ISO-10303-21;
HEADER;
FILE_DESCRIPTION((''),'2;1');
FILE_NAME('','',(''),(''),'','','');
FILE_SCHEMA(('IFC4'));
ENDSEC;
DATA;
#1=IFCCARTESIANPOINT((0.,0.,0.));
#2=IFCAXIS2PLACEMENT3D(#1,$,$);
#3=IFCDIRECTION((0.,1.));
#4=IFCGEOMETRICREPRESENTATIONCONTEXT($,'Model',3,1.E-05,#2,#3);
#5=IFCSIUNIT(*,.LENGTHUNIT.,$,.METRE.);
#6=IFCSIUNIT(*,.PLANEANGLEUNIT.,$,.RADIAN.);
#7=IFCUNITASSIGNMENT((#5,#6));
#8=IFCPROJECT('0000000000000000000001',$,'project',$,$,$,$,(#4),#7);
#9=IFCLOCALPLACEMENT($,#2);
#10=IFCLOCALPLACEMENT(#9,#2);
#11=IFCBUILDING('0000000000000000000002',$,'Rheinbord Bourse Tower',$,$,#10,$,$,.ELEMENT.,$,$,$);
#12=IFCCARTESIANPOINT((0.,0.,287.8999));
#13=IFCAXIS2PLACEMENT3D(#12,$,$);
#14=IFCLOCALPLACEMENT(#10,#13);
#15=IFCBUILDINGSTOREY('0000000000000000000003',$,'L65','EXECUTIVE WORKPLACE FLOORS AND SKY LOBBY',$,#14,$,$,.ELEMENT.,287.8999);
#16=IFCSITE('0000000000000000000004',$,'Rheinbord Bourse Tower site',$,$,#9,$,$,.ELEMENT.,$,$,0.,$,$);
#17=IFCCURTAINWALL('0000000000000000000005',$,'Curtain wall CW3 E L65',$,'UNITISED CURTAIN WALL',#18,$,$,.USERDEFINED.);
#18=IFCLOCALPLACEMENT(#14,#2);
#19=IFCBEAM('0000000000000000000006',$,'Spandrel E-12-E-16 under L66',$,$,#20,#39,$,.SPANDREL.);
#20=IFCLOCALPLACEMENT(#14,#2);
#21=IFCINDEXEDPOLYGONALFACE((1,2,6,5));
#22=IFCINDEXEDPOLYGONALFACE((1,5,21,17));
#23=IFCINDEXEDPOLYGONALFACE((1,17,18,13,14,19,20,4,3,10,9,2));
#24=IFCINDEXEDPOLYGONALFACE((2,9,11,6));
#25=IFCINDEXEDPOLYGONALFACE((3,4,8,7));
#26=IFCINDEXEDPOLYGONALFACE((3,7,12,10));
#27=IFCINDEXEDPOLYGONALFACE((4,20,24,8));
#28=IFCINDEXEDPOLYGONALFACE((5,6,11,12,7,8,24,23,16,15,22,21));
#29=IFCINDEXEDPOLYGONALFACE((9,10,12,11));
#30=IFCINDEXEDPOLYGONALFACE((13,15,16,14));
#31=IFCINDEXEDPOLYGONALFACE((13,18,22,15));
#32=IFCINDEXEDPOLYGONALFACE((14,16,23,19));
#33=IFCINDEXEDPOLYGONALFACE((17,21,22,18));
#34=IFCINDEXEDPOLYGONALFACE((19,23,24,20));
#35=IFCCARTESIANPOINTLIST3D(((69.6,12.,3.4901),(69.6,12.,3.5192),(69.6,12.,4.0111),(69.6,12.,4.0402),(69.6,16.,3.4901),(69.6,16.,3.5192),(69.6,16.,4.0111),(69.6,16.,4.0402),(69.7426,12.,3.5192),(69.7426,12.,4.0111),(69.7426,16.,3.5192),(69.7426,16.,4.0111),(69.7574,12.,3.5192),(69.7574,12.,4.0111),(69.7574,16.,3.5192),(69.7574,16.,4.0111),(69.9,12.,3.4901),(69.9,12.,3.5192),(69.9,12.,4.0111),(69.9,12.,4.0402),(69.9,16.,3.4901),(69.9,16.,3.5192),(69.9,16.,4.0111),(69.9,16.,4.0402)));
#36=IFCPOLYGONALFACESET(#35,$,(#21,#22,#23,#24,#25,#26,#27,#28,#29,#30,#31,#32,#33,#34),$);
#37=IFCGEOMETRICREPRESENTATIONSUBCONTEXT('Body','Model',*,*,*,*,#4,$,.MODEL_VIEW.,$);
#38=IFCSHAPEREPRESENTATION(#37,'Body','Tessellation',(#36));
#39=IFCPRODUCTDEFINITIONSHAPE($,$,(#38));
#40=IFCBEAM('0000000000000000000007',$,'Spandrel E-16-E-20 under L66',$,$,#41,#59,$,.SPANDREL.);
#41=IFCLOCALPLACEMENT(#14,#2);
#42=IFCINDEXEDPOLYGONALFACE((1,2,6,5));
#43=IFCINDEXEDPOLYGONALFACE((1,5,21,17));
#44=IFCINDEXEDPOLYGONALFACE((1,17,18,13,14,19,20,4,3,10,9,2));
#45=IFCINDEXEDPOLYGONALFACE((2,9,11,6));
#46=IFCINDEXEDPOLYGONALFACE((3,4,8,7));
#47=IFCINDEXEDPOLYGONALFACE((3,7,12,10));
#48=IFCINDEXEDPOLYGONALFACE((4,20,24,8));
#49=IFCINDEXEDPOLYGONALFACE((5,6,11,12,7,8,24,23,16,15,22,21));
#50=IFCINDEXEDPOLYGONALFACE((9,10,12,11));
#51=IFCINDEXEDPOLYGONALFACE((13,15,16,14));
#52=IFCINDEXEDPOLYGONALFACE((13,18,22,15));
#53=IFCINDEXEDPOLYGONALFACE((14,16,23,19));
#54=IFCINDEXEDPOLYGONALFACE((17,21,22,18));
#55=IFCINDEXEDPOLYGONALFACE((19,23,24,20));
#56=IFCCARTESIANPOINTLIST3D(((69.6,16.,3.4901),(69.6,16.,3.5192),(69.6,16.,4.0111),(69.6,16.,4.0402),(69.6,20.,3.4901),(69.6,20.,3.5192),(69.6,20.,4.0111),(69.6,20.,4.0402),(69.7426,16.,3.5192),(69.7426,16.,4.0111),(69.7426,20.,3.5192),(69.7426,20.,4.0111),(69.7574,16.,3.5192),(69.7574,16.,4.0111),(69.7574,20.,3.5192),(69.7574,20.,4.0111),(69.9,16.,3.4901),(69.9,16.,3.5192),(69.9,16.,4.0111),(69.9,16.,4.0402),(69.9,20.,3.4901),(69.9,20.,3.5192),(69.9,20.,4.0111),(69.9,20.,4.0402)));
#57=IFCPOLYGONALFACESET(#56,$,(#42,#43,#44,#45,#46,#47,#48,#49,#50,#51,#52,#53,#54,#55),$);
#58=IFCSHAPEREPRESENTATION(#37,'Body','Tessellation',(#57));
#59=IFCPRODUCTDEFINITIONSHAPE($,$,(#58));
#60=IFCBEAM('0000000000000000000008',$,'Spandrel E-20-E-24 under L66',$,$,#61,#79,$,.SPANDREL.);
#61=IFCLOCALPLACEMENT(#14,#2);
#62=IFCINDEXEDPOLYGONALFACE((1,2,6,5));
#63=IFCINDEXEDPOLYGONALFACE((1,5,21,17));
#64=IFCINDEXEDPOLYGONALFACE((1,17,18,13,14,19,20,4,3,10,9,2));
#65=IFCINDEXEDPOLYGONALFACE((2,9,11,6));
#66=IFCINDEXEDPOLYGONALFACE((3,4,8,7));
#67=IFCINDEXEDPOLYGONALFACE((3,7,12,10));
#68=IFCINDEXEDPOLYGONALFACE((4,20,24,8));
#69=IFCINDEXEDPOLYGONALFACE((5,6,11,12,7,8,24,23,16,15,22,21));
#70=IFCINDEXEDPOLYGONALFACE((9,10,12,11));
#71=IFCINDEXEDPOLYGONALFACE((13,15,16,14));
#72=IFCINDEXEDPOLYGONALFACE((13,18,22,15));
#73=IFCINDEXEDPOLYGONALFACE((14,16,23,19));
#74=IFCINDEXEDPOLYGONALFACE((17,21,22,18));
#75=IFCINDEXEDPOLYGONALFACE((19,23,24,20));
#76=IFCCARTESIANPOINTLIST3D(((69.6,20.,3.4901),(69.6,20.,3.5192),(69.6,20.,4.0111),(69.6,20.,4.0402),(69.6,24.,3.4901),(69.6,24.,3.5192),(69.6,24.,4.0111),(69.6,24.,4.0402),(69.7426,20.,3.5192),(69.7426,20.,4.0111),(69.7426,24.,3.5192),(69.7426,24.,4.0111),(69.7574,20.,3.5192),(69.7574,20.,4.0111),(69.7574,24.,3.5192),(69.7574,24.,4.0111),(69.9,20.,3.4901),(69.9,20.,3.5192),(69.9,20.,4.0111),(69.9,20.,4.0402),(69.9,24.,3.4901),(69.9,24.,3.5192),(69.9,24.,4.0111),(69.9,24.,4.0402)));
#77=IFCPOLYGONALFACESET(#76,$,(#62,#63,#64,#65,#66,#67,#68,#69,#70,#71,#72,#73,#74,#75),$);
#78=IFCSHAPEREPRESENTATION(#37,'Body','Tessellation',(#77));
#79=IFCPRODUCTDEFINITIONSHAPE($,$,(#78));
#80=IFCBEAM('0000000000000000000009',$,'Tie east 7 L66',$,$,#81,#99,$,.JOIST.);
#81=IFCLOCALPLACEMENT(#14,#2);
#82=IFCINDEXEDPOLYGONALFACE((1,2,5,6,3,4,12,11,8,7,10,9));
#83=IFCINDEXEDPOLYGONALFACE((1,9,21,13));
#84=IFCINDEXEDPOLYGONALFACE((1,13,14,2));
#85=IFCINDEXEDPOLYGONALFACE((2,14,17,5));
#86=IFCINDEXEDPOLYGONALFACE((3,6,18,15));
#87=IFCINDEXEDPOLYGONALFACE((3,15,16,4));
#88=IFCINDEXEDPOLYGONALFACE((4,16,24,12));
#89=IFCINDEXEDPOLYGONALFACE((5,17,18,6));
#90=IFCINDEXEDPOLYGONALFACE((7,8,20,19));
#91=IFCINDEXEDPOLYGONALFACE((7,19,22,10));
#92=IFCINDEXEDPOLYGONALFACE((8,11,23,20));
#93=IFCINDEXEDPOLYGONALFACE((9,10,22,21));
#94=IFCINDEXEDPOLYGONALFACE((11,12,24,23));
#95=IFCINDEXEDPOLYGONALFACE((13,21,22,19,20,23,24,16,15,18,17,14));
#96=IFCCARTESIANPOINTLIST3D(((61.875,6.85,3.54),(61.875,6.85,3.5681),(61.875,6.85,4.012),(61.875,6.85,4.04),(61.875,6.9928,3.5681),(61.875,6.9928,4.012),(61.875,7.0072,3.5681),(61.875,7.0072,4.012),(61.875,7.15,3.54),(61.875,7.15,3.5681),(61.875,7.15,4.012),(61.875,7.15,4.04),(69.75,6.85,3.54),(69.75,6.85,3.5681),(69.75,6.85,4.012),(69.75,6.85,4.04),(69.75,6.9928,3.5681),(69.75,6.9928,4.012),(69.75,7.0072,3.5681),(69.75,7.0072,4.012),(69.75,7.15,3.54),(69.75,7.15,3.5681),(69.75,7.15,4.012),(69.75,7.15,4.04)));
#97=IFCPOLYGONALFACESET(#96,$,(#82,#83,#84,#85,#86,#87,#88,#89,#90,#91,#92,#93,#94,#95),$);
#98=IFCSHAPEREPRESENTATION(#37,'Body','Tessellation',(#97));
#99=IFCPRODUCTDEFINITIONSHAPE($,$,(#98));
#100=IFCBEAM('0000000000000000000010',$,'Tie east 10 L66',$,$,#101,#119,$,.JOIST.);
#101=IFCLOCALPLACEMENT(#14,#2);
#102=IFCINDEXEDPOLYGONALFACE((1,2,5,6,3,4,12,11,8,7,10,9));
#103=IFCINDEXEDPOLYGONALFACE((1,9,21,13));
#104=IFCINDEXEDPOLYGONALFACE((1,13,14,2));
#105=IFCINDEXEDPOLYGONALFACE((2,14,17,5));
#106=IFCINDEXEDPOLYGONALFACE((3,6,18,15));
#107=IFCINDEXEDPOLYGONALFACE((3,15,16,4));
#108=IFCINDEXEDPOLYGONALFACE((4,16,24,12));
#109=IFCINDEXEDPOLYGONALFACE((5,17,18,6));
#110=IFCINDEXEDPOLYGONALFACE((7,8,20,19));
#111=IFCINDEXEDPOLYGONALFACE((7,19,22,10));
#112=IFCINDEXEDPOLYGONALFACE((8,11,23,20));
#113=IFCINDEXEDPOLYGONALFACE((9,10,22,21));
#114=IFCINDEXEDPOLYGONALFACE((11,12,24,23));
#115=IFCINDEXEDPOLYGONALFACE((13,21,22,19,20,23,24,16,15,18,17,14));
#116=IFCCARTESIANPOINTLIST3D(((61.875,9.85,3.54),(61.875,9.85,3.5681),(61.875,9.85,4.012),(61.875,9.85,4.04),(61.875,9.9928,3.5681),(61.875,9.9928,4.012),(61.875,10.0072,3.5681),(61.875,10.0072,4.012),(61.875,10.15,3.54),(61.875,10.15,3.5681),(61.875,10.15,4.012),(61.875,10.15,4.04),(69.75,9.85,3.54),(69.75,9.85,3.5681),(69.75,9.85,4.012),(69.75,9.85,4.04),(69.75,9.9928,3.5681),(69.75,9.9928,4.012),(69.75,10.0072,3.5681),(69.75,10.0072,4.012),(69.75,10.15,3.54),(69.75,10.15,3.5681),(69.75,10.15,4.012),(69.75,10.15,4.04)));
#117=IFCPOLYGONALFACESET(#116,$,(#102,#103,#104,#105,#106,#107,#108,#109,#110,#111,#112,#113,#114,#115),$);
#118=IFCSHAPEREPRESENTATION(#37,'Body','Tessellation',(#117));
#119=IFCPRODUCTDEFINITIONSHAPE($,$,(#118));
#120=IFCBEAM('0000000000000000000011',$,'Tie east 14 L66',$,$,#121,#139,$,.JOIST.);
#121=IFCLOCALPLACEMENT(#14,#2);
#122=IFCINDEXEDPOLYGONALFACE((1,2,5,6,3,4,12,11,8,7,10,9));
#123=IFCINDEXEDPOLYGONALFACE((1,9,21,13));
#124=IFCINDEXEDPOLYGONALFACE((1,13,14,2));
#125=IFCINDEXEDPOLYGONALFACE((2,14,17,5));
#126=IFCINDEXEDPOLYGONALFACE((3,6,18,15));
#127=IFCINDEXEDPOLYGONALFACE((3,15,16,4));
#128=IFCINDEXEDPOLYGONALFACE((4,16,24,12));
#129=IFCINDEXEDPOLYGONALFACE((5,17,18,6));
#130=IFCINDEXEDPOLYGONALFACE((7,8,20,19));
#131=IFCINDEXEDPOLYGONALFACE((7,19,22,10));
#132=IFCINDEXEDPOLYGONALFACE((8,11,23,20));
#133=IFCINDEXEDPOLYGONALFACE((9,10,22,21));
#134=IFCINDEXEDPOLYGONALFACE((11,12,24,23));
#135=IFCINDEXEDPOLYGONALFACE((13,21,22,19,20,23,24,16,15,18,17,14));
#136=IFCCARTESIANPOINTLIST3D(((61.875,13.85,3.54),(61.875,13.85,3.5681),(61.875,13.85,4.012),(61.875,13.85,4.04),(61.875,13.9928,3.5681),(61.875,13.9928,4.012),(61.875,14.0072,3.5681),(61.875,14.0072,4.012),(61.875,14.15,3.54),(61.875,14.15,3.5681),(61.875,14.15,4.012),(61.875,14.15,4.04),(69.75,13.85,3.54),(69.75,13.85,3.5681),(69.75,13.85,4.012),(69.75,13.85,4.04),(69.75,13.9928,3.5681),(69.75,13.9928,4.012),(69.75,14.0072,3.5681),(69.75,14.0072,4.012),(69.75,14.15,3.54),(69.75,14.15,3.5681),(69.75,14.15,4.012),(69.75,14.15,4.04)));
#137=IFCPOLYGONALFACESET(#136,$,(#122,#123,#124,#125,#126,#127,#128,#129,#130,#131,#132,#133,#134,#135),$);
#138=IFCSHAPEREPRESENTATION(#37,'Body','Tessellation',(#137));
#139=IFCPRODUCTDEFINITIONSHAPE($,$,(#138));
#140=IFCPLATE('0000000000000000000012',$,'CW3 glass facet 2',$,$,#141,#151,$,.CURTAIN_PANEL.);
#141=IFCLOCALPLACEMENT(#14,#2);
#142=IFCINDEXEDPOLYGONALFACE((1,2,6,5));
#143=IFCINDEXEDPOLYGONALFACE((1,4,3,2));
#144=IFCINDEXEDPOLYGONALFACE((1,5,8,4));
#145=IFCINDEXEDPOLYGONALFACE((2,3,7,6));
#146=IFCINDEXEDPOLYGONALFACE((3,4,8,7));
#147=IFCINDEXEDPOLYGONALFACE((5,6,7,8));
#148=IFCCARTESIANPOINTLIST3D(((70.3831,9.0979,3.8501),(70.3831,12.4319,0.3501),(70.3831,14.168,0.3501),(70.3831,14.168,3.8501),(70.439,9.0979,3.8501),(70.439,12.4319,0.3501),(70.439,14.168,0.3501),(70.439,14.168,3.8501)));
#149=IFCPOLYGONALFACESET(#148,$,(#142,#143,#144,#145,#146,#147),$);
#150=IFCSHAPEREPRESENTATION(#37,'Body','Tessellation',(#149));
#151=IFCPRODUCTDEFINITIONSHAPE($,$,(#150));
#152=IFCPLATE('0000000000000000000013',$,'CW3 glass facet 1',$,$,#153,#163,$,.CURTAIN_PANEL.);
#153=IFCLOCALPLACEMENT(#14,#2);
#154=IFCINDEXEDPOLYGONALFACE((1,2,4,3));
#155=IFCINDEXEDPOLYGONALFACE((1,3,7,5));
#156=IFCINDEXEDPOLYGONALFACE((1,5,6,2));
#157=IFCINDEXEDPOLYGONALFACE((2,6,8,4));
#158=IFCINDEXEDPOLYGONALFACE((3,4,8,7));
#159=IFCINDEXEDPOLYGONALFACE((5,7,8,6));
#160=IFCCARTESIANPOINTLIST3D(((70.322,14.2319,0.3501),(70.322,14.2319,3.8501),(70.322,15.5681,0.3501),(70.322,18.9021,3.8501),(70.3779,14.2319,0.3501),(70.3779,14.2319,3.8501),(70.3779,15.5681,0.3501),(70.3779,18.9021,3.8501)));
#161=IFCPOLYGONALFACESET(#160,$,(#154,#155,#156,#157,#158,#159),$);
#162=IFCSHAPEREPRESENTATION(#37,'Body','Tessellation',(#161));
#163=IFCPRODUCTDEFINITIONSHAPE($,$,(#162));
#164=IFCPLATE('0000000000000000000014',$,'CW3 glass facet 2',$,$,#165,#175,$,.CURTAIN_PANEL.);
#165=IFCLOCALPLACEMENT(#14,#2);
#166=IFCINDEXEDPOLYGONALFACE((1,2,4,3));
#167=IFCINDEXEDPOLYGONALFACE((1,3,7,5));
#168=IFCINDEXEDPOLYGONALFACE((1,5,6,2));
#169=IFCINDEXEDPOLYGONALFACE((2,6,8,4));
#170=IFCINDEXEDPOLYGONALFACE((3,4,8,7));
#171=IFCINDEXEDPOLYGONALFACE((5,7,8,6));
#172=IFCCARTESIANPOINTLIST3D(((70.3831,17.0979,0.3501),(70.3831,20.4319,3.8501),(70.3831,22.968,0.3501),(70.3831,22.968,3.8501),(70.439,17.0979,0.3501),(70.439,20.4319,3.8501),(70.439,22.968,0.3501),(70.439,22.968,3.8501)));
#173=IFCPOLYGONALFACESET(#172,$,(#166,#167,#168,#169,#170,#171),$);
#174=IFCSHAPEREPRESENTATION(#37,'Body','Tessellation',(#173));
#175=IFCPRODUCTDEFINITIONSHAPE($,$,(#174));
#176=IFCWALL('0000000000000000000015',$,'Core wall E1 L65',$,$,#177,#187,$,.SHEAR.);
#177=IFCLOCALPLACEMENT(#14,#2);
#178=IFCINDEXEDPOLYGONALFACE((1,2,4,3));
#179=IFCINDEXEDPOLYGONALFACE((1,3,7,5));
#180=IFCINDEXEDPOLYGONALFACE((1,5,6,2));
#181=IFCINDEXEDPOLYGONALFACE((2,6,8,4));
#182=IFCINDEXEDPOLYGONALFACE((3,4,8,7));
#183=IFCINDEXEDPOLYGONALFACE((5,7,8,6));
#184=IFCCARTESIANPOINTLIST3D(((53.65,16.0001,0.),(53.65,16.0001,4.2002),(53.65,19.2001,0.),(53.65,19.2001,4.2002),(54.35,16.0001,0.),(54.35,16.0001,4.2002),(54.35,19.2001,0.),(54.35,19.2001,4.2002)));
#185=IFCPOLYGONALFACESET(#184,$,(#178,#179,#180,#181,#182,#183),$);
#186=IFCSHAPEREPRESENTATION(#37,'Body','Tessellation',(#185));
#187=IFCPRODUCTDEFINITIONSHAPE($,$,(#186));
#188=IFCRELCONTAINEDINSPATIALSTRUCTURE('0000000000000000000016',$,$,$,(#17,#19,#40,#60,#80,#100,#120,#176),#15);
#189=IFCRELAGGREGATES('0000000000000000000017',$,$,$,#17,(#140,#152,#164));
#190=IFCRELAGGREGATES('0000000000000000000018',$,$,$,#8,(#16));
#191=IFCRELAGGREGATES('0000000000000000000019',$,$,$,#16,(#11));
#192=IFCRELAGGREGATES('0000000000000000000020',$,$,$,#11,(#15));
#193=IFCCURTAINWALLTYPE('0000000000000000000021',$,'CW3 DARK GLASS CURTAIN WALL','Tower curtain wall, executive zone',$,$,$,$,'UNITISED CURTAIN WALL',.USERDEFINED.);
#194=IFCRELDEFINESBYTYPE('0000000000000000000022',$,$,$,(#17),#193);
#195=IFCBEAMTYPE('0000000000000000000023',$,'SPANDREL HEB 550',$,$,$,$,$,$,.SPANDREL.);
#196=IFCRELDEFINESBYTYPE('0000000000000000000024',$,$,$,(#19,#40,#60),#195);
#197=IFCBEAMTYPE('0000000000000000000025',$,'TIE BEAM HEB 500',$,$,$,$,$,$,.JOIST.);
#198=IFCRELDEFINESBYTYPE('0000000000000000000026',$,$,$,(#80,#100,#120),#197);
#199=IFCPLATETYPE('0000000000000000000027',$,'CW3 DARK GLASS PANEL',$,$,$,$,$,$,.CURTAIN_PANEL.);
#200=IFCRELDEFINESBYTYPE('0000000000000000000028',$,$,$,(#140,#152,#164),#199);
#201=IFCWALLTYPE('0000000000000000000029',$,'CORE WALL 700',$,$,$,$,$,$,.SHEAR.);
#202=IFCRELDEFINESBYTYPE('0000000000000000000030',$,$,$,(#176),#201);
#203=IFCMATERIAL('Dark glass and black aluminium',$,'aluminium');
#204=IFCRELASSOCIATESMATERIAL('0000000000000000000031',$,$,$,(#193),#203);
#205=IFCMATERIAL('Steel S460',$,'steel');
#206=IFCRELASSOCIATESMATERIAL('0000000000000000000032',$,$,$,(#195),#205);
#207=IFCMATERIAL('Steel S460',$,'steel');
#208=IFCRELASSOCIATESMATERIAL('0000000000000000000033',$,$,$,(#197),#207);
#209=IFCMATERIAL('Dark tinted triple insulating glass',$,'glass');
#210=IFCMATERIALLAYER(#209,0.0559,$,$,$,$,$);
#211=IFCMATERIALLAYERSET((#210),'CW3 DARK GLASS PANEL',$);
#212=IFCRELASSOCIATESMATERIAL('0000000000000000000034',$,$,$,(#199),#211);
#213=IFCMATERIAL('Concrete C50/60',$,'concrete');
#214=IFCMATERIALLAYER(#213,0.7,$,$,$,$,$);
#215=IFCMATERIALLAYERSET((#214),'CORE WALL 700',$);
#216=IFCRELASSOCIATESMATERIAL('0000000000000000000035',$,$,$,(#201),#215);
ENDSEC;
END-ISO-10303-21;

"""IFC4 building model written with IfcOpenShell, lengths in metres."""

from ifc_helpers import new_model, si_unit, direction, frame, frame_2d, origin, origin_2d, place, context, subcontext, project, spatial, polyline, rectangle, i_section, outline, extrude, material, layer, layer_set, material_profile, profile_set, type_object, element, aggregate, save


model = new_model("IFC4")

# Units and contexts
model_context = context("Model", 3, precision=1e-05, world=origin(), true_north=direction((0.0, 1.0)))
body_context = subcontext(model_context, "Body", "Model", "MODEL_VIEW")
ifc_project = project(units=[si_unit("LENGTHUNIT", "METRE"), si_unit("PLANEANGLEUNIT", "RADIAN")], contexts=[model_context])

# Site, building, storey
site_placement = place(None, origin())
site = spatial("IfcSite", under=ifc_project, at=site_placement, Name="Rheinbord Bourse Tower site", CompositionType="ELEMENT", RefElevation=0.0)
building_placement = place(site_placement, origin())
building = spatial("IfcBuilding", under=site, at=building_placement, Name="Rheinbord Bourse Tower", CompositionType="ELEMENT")
storey_placement = place(building_placement, frame((0.0, 0.0, 287.8999)))
storey = spatial("IfcBuildingStorey", under=building, at=storey_placement, Name="L65", Description="EXECUTIVE WORKPLACE FLOORS AND SKY LOBBY", CompositionType="ELEMENT", Elevation=287.8999)

# Curtain wall
ifc_material_1 = material(Name="Dark glass and black aluminium", Category="aluminium")
curtain_wall_type = type_object("IfcCurtainWallType", Name="CW3 DARK GLASS CURTAIN WALL", Description="Tower curtain wall, executive zone", ElementType="UNITISED CURTAIN WALL", PredefinedType="USERDEFINED", material=ifc_material_1)
curtain_wall_placement = place(storey_placement, origin())
curtain_wall = element("IfcCurtainWall", 1, at=curtain_wall_placement, inside=storey, type_object=curtain_wall_type, Name="Curtain wall CW3 E L65", ObjectType="UNITISED CURTAIN WALL", PredefinedType="USERDEFINED")

# Beams
ifc_material_2 = material(Name="Steel S460", Category="steel")
ifc_material_profile_1 = material_profile(ifc_material_2, i_section(OverallWidth=0.3, OverallDepth=0.55, WebThickness=0.0149, FlangeThickness=0.0291, at=origin_2d()), Name="HEB 550")
ifc_profile_set_1 = profile_set([ifc_material_profile_1], Name="Steel S460")
beam_type_1 = type_object("IfcBeamType", Name="SPANDREL HEB 550", PredefinedType="SPANDREL", material=ifc_profile_set_1)
for number, where, z_axis, x_axis, name in (
    (2, (69.75, 12.0, 3.7651), (0.0, 1.0, 0.0), (-1.0, 0.0, 0.0), "Spandrel E-12-E-16 under L66"),
    (3, (69.75, 16.0, 3.7651), (0.0, 1.0, 0.0), (-1.0, 0.0, 0.0), "Spandrel E-16-E-20 under L66"),
    (4, (69.75, 20.0, 3.7651), (0.0, 1.0, 0.0), (-1.0, 0.0, 0.0), "Spandrel E-20-E-24 under L66"),
):
    element("IfcBeam", number, at=place(storey_placement, frame(where, z_axis=z_axis, x_axis=x_axis)), inside=storey, type_object=beam_type_1, Name=name, PredefinedType="SPANDREL", context=body_context, shape_type="SweptSolid", body=[
        extrude(i_section(OverallWidth=0.3, OverallDepth=0.55, WebThickness=0.0149, FlangeThickness=0.0291, at=origin_2d()), origin(), (0.0, 0.0, 1.0), 4.0),
    ])
ifc_material_3 = material(Name="Steel S460", Category="steel")
ifc_material_profile_2 = material_profile(ifc_material_3, i_section(OverallWidth=0.3, OverallDepth=0.5, WebThickness=0.0144, FlangeThickness=0.0281, at=origin_2d()), Name="HEB 500")
ifc_profile_set_2 = profile_set([ifc_material_profile_2], Name="Steel S460")
beam_type_2 = type_object("IfcBeamType", Name="TIE BEAM HEB 500", PredefinedType="JOIST", material=ifc_profile_set_2)
for number, where, z_axis, x_axis, name in (
    (5, (61.875, 7.0, 3.79), (1.0, 0.0, 0.0), (0.0, 1.0, 0.0), "Tie east 7 L66"),
    (6, (61.875, 10.0, 3.79), (1.0, 0.0, 0.0), (0.0, 1.0, 0.0), "Tie east 10 L66"),
    (7, (61.875, 14.0, 3.79), (1.0, 0.0, 0.0), (0.0, 1.0, 0.0), "Tie east 14 L66"),
):
    element("IfcBeam", number, at=place(storey_placement, frame(where, z_axis=z_axis, x_axis=x_axis)), inside=storey, type_object=beam_type_2, Name=name, PredefinedType="JOIST", context=body_context, shape_type="SweptSolid", body=[
        extrude(i_section(OverallWidth=0.3, OverallDepth=0.5, WebThickness=0.0144, FlangeThickness=0.0281, at=origin_2d()), origin(), (0.0, 0.0, 1.0), 7.875),
    ])

# Plates
ifc_material_4 = material(Name="Dark tinted triple insulating glass", Category="glass")
ifc_layer_1 = layer(ifc_material_4, 0.0559)
ifc_layer_set_1 = layer_set([ifc_layer_1], Name="CW3 DARK GLASS PANEL")
plate_type = type_object("IfcPlateType", Name="CW3 DARK GLASS PANEL", PredefinedType="CURTAIN_PANEL", material=ifc_layer_set_1)
plate_1_placement = place(storey_placement, frame((70.439, 14.168, 3.8501), z_axis=(-1.0, 0.0, 0.0), x_axis=(0.0, 0.0, -1.0)))
plate_1 = element("IfcPlate", 8, at=plate_1_placement, type_object=plate_type, Name="CW3 glass facet 2", PredefinedType="CURTAIN_PANEL", context=body_context, shape_type="SweptSolid", body=[
    extrude(outline(polyline([(0.0, 0.0), (3.5, 0.0), (3.5, 1.7361), (0.0, 5.0701), (0.0, 0.0)])), origin(), (0.0, 0.0, 1.0), 0.0559),
])
plate_2_placement = place(storey_placement, frame((70.3779, 14.2319, 0.3501), z_axis=(-1.0, 0.0, 0.0), x_axis=(0.0, 0.0, 1.0)))
plate_2 = element("IfcPlate", 9, at=plate_2_placement, type_object=plate_type, Name="CW3 glass facet 1", PredefinedType="CURTAIN_PANEL", context=body_context, shape_type="SweptSolid", body=[
    extrude(outline(polyline([(0.0, 0.0), (3.5, 0.0), (3.5, 4.6702), (0.0, 1.3362), (0.0, 0.0)])), origin(), (0.0, 0.0, 1.0), 0.0559),
])
plate_3_placement = place(storey_placement, frame((70.439, 22.968, 3.8501), z_axis=(-1.0, 0.0, 0.0), x_axis=(0.0, 0.0, -1.0)))
plate_3 = element("IfcPlate", 10, at=plate_3_placement, type_object=plate_type, Name="CW3 glass facet 2", PredefinedType="CURTAIN_PANEL", context=body_context, shape_type="SweptSolid", body=[
    extrude(outline(polyline([(0.0, 0.0), (3.5, 0.0), (3.5, 5.8701), (0.0, 2.5361), (0.0, 0.0)])), origin(), (0.0, 0.0, 1.0), 0.0559),
])
aggregate(curtain_wall, [plate_1, plate_2, plate_3])

# Wall
ifc_material_5 = material(Name="Concrete C50/60", Category="concrete")
ifc_layer_2 = layer(ifc_material_5, 0.7)
ifc_layer_set_2 = layer_set([ifc_layer_2], Name="CORE WALL 700")
wall_type_1 = type_object("IfcWallType", Name="CORE WALL 700", PredefinedType="SHEAR", material=ifc_layer_set_2)
wall_1_placement = place(storey_placement, frame((54.0, 16.0, 0.0), z_axis=(0.0, 0.0, 1.0), x_axis=(0.0, 1.0, 0.0)))
element("IfcWall", 11, at=wall_1_placement, inside=storey, type_object=wall_type_1, Name="Core wall E1 L65", PredefinedType="SHEAR", context=body_context, shape_type="SweptSolid", body=[
    extrude(rectangle(XDim=3.2, YDim=0.7, at=frame_2d((1.6001, 0.0))), origin(), (0.0, 0.0, 1.0), 4.2002),
])

save(model, "model.ifc")
